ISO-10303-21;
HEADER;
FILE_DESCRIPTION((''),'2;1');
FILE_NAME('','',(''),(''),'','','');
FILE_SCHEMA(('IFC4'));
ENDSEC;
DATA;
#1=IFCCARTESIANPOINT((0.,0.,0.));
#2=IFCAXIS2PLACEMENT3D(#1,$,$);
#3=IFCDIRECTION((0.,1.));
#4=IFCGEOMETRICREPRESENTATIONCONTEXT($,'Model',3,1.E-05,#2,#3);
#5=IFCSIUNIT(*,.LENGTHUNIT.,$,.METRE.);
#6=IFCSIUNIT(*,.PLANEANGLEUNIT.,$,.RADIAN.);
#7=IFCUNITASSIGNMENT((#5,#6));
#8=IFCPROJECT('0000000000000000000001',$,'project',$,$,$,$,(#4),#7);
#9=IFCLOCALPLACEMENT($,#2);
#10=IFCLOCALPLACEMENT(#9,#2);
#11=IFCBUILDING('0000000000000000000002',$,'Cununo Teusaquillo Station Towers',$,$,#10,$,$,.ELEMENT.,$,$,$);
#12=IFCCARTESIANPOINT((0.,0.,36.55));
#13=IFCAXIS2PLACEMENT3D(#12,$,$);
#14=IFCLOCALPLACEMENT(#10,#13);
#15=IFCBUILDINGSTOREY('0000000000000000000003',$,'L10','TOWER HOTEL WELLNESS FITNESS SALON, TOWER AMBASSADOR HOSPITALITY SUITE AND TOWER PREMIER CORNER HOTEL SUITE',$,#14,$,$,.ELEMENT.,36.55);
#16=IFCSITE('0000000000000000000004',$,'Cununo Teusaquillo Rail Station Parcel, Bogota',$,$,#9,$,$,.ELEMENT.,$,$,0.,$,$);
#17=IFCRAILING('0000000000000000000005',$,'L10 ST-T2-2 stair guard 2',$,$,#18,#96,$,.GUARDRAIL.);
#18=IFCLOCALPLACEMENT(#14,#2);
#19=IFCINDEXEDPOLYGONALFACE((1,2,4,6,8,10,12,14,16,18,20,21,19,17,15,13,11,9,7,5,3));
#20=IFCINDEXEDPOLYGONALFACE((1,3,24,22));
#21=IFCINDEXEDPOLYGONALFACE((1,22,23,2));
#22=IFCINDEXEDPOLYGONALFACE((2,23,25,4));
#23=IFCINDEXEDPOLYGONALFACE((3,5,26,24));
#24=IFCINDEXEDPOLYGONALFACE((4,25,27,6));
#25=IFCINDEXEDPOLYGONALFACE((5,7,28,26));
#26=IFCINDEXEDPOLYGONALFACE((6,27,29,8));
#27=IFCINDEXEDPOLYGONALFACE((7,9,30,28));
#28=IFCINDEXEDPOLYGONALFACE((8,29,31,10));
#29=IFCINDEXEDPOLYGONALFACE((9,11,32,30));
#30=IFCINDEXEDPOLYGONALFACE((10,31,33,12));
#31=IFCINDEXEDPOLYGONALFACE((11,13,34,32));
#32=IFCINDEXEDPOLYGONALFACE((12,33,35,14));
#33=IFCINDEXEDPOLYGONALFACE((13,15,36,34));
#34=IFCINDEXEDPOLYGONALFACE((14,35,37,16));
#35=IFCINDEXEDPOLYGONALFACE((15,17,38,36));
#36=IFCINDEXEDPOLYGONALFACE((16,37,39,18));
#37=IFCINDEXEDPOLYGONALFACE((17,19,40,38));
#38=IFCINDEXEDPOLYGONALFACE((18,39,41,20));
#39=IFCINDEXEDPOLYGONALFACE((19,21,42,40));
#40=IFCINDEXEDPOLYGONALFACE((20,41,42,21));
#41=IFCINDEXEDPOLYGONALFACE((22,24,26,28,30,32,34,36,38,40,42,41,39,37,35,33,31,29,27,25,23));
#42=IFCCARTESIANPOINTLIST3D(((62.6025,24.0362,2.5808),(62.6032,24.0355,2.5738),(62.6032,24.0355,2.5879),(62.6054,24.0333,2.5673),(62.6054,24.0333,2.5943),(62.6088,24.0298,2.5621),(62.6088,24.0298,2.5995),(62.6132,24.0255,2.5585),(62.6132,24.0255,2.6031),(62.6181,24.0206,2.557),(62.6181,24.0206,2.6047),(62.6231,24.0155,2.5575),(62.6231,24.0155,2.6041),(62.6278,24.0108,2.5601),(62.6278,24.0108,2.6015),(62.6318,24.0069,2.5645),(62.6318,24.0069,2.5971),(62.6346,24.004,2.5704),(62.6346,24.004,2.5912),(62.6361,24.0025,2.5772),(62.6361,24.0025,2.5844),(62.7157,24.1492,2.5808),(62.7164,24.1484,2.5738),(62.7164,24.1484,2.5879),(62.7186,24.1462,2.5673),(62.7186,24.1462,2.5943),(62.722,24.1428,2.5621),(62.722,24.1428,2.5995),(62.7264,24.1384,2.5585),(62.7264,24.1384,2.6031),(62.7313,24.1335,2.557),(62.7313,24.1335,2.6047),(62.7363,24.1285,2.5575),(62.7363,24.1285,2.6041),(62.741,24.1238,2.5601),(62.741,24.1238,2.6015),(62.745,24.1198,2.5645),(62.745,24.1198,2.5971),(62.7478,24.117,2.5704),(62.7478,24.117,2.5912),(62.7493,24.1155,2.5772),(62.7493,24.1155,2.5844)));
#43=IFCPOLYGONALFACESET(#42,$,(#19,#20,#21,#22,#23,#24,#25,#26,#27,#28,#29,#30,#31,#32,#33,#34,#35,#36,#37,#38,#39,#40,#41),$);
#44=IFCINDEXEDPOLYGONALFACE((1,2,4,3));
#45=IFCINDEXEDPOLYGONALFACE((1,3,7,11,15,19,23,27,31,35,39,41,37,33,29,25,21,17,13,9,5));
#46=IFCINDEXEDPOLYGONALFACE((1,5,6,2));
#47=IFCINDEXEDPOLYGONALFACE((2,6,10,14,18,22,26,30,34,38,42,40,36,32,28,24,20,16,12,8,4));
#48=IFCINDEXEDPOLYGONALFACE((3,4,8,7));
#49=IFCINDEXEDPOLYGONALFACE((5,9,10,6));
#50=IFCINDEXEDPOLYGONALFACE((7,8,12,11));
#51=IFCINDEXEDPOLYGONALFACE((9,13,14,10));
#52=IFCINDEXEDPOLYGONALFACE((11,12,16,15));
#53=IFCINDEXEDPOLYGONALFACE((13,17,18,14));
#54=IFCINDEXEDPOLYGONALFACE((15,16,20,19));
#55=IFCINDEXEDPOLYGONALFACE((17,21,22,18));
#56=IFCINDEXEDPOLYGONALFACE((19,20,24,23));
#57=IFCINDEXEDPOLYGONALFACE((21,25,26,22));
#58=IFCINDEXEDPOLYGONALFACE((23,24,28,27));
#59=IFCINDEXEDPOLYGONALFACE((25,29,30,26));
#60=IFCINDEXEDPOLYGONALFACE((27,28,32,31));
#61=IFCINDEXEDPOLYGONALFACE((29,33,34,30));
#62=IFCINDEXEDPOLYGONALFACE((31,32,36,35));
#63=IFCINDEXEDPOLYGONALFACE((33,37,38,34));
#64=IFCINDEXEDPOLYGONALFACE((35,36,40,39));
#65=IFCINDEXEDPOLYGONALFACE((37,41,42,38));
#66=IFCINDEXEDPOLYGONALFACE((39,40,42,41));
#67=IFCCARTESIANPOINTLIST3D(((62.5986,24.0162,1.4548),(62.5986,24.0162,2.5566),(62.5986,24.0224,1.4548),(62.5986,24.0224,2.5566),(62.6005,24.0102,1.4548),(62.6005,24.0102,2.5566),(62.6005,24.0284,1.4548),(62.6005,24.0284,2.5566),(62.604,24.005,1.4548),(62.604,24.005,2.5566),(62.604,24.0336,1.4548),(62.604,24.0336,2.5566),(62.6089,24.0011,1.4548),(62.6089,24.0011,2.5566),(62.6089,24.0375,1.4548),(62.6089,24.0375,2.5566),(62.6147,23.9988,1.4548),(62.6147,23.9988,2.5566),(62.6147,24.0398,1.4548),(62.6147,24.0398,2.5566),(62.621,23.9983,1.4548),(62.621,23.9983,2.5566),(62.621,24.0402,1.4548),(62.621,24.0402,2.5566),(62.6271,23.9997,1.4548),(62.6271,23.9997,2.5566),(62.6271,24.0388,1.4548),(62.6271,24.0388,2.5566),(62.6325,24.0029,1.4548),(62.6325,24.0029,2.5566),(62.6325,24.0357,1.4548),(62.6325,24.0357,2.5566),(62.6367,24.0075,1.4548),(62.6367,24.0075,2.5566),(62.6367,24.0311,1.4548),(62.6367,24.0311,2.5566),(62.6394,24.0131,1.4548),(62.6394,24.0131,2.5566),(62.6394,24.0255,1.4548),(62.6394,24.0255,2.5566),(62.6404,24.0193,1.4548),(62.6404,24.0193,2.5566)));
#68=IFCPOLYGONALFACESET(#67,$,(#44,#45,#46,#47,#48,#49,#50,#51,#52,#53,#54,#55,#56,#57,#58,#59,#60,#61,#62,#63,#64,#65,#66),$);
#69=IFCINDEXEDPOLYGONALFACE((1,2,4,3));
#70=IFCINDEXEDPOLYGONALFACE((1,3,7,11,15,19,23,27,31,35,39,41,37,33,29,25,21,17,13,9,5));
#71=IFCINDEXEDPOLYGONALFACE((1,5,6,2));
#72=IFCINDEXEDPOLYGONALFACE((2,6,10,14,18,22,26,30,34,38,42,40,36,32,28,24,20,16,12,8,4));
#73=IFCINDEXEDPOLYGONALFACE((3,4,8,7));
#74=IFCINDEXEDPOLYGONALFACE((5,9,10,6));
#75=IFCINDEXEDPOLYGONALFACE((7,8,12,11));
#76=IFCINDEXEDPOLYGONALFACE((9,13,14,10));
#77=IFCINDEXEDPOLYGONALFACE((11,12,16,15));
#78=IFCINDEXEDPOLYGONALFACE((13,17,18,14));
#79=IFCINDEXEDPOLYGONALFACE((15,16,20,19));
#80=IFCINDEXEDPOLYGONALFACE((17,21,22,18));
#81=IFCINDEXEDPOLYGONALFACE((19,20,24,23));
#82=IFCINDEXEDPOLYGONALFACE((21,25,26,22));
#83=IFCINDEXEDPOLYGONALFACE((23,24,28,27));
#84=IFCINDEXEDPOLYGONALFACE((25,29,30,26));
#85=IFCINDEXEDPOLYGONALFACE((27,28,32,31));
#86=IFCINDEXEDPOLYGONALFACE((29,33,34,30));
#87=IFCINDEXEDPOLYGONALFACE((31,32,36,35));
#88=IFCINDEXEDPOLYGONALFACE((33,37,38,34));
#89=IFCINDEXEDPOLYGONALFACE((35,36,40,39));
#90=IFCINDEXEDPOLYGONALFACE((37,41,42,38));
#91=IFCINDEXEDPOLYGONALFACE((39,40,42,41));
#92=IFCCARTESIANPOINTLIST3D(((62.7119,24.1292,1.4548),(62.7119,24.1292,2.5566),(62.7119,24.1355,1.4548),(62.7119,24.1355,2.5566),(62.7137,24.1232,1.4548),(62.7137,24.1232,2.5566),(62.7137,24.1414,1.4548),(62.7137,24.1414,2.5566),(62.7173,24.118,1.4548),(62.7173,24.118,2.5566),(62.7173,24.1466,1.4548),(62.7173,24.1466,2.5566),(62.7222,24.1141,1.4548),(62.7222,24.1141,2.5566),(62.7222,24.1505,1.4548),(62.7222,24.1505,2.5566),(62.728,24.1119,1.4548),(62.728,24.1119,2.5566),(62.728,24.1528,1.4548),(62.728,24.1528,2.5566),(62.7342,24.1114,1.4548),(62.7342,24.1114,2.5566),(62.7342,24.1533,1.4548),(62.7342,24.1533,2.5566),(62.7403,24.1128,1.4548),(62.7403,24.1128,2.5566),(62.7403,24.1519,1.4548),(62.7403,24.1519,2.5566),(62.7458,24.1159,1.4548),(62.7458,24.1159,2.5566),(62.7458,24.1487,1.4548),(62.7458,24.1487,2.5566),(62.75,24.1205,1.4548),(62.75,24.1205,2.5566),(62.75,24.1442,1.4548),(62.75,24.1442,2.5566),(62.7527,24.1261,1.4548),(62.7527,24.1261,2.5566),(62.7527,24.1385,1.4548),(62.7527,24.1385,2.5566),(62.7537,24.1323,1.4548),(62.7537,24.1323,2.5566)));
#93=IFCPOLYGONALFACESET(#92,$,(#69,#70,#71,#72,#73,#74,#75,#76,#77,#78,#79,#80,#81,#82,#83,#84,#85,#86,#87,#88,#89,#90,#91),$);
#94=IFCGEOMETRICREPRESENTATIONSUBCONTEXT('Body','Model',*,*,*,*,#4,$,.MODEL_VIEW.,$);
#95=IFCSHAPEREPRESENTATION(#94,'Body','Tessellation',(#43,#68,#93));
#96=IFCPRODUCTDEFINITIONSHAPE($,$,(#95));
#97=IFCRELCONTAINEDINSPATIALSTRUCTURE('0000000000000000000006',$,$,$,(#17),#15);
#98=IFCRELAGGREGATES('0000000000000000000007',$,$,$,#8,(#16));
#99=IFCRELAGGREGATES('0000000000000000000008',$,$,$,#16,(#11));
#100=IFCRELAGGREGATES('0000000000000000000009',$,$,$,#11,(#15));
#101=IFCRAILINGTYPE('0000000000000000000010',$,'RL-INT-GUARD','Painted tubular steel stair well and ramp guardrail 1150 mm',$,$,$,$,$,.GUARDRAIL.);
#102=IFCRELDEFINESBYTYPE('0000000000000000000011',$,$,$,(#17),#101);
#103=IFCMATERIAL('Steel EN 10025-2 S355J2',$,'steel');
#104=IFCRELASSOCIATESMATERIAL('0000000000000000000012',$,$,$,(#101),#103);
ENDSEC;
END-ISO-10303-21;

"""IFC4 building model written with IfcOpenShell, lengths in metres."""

from ifc_helpers import new_model, si_unit, direction, frame, origin, origin_2d, place, context, subcontext, project, spatial, circle, extrude, material, type_object, element, save


model = new_model("IFC4")

# Units and contexts
model_context = context("Model", 3, precision=1e-05, world=origin(), true_north=direction((0.0, 1.0)))
body_context = subcontext(model_context, "Body", "Model", "MODEL_VIEW")
ifc_project = project(units=[si_unit("LENGTHUNIT", "METRE"), si_unit("PLANEANGLEUNIT", "RADIAN")], contexts=[model_context])

# Site, building, storey
site_placement = place(None, origin())
site = spatial("IfcSite", under=ifc_project, at=site_placement, Name="Cununo Teusaquillo Rail Station Parcel, Bogota", CompositionType="ELEMENT", RefElevation=0.0)
building_placement = place(site_placement, origin())
building = spatial("IfcBuilding", under=site, at=building_placement, Name="Cununo Teusaquillo Station Towers", CompositionType="ELEMENT")
storey_placement = place(building_placement, frame((0.0, 0.0, 36.55)))
storey = spatial("IfcBuildingStorey", under=building, at=storey_placement, Name="L10", Description="TOWER HOTEL WELLNESS FITNESS SALON, TOWER AMBASSADOR HOSPITALITY SUITE AND TOWER PREMIER CORNER HOTEL SUITE", CompositionType="ELEMENT", Elevation=36.55)

# Railing
ifc_material_1 = material(Name="Steel EN 10025-2 S355J2", Category="steel")
railing_type_1 = type_object("IfcRailingType", Name="RL-INT-GUARD", Description="Painted tubular steel stair well and ramp guardrail 1150 mm", PredefinedType="GUARDRAIL", material=ifc_material_1)
railing_1_placement = place(storey_placement, frame((62.6194, 24.0193, 1.4548)))
element("IfcRailing", 1, at=railing_1_placement, inside=storey, type_object=railing_type_1, Name="L10 ST-T2-2 stair guard 2", PredefinedType="GUARDRAIL", context=body_context, shape_type="SweptSolid", body=[
    extrude(circle(Radius=0.0239, at=origin_2d()), frame((0.0, 0.0, 1.126), z_axis=(0.707869, 0.706344, 0.0), x_axis=(-0.706344, 0.707869, 0.0)), (0.0, 0.0, 1.0), 0.1599),
    extrude(circle(Radius=0.021, at=origin_2d()), origin(), (0.0, 0.0, 1.0), 1.1018),
    extrude(circle(Radius=0.021, at=origin_2d()), frame((0.1133, 0.113, 0.0)), (0.0, 0.0, 1.0), 1.1018),
])

save(model, "model.ifc")
